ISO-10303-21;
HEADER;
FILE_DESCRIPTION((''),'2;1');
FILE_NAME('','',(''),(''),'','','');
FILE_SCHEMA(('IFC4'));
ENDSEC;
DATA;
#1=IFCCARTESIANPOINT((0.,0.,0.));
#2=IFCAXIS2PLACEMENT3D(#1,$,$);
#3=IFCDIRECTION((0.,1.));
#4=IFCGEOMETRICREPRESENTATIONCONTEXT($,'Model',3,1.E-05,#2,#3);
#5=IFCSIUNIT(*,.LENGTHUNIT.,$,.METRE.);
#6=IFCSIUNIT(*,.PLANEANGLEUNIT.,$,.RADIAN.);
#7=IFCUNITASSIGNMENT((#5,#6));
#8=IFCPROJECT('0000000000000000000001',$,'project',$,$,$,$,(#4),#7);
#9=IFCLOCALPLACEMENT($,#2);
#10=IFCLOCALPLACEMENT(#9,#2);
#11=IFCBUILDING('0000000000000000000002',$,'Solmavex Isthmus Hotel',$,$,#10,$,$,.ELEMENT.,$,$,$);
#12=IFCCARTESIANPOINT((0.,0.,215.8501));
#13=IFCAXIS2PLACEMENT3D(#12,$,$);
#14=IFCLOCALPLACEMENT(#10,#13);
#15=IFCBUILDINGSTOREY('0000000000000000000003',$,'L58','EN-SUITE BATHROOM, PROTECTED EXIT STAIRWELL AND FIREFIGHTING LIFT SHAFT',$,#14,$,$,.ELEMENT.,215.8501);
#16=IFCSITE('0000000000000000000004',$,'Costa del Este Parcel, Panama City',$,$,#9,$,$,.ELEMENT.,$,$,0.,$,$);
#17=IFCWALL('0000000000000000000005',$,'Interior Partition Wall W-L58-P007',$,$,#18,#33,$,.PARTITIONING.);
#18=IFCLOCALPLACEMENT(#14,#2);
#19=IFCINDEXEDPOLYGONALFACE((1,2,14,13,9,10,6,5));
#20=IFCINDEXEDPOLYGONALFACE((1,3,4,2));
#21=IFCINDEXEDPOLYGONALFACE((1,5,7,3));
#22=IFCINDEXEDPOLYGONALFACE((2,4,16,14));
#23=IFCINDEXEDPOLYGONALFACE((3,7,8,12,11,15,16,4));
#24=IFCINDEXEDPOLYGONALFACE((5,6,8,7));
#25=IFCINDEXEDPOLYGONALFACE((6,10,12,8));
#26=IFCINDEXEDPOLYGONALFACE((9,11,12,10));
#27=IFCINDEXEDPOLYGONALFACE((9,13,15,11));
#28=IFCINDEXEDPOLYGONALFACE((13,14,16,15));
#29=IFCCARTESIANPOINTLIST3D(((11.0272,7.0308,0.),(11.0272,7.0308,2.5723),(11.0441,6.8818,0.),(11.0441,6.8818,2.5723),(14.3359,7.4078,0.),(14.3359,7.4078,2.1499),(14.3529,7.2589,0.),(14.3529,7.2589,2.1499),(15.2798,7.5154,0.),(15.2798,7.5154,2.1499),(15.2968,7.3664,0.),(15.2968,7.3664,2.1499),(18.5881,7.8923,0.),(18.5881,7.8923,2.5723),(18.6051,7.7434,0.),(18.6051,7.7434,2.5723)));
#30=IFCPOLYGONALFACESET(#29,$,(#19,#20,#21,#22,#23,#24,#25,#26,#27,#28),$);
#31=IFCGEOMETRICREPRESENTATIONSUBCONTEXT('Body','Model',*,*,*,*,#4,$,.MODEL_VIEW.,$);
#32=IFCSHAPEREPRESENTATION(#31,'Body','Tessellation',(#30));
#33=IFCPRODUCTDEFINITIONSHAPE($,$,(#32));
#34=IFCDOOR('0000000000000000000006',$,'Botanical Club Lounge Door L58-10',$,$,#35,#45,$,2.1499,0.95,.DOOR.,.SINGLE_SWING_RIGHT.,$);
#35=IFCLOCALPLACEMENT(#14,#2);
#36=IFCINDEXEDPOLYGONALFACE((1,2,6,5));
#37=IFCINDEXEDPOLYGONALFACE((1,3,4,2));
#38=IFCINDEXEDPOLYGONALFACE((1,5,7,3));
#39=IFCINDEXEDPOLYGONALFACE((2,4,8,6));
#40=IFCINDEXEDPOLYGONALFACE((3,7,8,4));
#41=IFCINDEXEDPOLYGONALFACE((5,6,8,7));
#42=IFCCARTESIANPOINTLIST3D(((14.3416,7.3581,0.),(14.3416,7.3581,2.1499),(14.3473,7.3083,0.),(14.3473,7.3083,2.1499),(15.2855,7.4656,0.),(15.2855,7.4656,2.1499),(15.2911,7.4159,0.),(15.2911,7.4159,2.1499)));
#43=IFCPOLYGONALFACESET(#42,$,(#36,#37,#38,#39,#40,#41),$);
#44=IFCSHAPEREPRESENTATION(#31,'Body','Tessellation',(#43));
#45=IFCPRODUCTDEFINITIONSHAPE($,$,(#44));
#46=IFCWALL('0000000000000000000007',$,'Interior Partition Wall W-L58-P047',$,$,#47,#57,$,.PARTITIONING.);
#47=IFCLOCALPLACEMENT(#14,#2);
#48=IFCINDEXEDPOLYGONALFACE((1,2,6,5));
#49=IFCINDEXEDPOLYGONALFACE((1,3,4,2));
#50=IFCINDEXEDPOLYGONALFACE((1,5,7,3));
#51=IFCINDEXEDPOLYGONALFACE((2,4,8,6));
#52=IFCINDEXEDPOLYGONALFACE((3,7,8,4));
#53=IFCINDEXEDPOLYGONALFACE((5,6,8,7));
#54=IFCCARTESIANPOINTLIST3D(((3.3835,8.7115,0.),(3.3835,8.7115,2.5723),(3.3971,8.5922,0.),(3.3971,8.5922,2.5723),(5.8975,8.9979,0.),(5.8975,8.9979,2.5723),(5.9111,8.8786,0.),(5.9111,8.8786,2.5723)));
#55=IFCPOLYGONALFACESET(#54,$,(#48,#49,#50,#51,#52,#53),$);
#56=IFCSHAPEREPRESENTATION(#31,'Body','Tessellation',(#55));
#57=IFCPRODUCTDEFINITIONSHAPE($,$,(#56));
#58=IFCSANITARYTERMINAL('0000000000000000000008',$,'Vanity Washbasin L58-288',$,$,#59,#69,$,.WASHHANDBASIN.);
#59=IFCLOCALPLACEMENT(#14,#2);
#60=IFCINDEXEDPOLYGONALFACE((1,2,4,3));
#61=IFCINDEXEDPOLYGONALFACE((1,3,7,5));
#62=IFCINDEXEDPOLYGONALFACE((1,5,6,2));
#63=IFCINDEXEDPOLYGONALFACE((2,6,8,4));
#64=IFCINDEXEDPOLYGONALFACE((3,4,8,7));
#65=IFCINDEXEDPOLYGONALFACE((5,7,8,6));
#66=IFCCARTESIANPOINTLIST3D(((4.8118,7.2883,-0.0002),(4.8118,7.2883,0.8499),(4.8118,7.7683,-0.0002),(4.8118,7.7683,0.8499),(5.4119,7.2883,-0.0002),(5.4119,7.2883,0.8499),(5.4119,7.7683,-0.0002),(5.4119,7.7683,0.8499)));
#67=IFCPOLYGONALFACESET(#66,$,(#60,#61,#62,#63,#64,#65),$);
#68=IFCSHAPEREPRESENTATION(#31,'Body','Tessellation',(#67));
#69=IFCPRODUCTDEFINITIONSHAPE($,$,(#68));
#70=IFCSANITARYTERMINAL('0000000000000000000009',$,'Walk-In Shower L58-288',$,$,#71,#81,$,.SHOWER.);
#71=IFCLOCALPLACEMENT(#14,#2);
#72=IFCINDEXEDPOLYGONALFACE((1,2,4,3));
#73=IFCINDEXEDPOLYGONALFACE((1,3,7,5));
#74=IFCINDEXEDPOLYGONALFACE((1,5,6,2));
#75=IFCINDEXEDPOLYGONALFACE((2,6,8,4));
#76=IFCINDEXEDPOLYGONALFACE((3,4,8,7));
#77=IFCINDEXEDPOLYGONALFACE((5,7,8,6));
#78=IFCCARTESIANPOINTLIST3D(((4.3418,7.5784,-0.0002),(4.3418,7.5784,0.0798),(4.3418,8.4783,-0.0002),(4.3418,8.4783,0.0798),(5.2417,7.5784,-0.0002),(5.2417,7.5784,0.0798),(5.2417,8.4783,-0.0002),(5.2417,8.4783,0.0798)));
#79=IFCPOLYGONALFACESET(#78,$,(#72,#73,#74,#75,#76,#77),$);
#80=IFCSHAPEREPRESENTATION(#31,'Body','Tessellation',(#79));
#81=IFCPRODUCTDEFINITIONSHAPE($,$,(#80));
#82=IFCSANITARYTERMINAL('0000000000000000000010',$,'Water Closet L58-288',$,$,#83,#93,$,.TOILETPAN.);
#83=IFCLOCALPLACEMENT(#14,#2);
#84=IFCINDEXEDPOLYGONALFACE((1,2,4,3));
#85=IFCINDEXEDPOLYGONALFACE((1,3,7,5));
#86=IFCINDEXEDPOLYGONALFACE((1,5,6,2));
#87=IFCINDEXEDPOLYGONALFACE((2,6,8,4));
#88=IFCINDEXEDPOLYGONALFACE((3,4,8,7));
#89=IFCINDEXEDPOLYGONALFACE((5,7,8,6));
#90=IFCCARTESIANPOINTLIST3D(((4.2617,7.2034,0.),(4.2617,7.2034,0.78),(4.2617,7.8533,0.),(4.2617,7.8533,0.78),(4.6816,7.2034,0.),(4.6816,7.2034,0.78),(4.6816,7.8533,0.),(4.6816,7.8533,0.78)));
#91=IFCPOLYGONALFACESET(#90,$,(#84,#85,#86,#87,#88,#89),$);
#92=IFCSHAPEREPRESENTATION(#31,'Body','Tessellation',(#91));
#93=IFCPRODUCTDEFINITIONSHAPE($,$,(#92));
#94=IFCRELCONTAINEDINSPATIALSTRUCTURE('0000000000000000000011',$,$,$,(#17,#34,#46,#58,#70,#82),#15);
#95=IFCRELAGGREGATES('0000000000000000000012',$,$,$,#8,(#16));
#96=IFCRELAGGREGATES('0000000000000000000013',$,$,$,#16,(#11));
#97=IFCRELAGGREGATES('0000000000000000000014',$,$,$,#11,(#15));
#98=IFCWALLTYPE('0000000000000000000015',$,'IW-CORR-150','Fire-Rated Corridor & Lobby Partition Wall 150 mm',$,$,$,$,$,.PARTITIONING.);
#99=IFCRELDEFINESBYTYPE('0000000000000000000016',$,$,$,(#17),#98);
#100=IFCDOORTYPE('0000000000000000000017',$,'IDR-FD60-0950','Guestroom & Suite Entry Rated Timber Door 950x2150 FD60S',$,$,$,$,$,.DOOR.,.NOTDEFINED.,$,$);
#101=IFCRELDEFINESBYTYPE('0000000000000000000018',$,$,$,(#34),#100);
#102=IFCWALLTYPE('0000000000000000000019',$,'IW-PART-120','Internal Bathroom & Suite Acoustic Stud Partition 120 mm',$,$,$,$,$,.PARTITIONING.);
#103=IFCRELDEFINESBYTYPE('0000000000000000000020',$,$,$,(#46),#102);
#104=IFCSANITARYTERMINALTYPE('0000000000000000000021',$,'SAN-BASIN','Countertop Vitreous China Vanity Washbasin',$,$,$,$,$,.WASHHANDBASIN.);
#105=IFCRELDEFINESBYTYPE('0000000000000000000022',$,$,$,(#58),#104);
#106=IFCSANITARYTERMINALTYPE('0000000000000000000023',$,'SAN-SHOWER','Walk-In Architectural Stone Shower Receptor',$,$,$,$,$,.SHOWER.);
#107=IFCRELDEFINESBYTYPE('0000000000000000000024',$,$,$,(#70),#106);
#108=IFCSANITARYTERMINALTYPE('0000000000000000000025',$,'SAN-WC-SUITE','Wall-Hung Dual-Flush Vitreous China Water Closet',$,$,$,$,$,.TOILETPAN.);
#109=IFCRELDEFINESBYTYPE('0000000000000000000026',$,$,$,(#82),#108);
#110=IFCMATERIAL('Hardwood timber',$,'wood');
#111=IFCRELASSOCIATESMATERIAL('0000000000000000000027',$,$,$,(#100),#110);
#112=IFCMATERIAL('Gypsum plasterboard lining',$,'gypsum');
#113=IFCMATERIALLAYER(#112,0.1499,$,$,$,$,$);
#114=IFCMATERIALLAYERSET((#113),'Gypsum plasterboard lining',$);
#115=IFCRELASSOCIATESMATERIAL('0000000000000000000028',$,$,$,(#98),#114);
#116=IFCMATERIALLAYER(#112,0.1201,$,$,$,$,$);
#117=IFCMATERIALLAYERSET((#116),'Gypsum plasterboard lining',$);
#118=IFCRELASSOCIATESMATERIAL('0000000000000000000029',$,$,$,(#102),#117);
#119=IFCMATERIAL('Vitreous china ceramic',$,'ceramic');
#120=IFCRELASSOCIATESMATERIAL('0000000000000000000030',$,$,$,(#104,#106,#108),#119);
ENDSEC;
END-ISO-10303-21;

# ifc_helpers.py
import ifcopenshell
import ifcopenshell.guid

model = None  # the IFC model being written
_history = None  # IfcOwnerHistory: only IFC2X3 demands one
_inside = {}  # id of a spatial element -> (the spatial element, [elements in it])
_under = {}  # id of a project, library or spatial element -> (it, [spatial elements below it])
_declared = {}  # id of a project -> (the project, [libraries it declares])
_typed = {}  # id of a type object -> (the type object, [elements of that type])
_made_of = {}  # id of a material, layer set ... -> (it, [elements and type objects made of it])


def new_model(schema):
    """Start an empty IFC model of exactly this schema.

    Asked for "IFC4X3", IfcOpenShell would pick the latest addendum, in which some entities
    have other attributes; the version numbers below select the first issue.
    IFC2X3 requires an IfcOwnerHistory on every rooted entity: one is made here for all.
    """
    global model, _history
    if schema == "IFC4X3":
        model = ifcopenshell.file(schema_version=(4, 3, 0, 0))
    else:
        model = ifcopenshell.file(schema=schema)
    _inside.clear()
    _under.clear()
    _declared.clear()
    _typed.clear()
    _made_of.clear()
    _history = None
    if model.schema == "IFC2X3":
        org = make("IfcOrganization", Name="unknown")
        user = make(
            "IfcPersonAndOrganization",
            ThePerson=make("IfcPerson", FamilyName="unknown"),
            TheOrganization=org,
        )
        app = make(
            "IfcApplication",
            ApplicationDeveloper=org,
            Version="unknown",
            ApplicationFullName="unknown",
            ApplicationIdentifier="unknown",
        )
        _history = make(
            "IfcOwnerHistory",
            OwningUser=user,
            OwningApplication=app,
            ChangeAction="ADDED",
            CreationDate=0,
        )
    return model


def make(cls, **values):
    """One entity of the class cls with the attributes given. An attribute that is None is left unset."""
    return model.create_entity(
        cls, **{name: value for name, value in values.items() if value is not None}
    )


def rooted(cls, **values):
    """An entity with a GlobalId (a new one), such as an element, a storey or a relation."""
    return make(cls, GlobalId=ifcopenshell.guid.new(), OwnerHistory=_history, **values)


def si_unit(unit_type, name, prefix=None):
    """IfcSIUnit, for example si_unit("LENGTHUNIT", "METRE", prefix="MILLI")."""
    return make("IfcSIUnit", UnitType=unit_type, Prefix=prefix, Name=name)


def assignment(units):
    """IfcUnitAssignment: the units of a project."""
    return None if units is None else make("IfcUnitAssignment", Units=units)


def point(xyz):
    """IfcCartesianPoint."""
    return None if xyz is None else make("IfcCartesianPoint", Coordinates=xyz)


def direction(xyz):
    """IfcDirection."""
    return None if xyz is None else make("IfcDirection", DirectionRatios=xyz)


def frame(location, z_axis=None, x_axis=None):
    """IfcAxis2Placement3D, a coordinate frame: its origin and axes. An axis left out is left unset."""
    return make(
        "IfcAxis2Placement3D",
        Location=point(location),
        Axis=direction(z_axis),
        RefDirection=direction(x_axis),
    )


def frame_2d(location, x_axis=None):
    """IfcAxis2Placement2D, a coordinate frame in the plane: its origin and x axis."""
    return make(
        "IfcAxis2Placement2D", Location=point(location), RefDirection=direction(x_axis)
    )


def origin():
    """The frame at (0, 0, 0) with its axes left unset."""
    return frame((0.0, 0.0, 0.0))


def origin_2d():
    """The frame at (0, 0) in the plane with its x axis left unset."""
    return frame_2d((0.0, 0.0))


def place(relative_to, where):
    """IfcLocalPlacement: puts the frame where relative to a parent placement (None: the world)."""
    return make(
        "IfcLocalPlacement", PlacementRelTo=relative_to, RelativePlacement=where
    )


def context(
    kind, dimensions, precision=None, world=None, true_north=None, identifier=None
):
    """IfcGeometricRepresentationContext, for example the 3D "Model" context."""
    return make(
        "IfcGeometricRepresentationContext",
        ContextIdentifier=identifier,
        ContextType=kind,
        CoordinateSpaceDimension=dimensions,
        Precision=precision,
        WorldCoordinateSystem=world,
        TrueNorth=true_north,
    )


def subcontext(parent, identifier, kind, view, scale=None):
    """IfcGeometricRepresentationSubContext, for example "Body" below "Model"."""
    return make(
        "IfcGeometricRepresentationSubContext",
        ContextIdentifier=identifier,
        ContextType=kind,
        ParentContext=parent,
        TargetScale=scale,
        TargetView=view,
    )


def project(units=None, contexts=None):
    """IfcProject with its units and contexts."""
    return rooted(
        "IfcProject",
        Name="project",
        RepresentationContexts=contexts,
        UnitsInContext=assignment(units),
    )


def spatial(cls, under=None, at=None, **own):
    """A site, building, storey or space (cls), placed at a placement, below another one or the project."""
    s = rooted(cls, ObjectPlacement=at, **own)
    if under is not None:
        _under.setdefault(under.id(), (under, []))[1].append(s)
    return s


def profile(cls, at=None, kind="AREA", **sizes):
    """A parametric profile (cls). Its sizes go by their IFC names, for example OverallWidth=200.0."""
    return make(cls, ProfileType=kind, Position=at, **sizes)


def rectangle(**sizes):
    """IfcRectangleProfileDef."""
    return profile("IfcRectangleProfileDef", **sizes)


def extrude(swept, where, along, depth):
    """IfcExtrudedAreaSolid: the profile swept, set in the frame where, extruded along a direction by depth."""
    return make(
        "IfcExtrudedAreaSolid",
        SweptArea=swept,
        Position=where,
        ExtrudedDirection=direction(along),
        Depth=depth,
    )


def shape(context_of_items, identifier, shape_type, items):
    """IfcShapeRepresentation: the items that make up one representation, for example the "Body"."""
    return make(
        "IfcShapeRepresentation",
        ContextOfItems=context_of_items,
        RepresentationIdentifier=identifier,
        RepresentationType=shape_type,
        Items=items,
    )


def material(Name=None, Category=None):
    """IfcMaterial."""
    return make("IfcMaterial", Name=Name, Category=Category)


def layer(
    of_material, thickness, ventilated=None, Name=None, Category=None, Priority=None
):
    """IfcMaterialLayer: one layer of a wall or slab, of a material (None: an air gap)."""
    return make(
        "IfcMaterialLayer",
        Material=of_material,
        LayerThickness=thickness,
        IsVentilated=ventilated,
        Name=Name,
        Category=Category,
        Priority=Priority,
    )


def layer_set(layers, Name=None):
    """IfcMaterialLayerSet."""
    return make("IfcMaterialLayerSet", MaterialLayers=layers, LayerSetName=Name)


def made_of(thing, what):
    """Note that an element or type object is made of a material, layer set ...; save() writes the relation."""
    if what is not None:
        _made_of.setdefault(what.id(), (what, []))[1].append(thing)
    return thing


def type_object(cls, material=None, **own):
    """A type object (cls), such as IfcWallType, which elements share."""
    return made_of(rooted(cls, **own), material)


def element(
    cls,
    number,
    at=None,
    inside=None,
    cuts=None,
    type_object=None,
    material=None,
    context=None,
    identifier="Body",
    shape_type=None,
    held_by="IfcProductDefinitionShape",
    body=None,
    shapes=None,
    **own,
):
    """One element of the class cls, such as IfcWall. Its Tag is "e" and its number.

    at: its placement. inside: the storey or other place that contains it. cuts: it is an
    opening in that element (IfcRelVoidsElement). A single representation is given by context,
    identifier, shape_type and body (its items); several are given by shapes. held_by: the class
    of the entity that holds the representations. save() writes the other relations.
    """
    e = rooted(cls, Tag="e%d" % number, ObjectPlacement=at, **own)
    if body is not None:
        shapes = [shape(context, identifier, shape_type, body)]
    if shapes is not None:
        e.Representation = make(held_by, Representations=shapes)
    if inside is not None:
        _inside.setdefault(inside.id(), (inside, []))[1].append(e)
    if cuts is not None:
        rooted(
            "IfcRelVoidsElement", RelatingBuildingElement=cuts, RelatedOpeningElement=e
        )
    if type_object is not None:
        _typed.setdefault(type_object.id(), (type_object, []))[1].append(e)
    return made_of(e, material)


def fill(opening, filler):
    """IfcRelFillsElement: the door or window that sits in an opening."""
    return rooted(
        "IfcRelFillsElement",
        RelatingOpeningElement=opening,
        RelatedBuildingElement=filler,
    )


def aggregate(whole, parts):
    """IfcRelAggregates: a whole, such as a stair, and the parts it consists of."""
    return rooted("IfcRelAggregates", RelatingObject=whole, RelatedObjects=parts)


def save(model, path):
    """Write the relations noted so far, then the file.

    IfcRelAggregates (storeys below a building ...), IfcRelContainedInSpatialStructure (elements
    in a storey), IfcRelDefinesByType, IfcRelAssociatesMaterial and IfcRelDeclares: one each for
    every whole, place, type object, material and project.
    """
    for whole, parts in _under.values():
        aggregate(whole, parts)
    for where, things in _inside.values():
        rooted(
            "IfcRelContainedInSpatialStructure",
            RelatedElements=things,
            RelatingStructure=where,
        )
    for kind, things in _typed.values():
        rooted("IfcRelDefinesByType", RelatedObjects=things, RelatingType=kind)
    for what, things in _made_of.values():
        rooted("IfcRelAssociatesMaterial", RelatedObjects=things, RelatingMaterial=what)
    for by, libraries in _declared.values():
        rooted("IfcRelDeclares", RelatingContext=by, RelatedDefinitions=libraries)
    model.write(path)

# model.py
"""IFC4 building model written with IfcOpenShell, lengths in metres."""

from ifc_helpers import new_model, si_unit, direction, frame, frame_2d, origin, origin_2d, place, context, subcontext, project, spatial, rectangle, extrude, material, layer, layer_set, type_object, element, fill, save


model = new_model("IFC4")

# Units and contexts
model_context = context("Model", 3, precision=1e-05, world=origin(), true_north=direction((0.0, 1.0)))
body_context = subcontext(model_context, "Body", "Model", "MODEL_VIEW")
ifc_project = project(units=[si_unit("LENGTHUNIT", "METRE"), si_unit("PLANEANGLEUNIT", "RADIAN")], contexts=[model_context])

# Site, building, storey
site_placement = place(None, origin())
site = spatial("IfcSite", under=ifc_project, at=site_placement, Name="Costa del Este Parcel, Panama City", CompositionType="ELEMENT", RefElevation=0.0)
building_placement = place(site_placement, origin())
building = spatial("IfcBuilding", under=site, at=building_placement, Name="Solmavex Isthmus Hotel", CompositionType="ELEMENT")
storey_placement = place(building_placement, frame((0.0, 0.0, 215.8501)))
storey = spatial("IfcBuildingStorey", under=building, at=storey_placement, Name="L58", Description="EN-SUITE BATHROOM, PROTECTED EXIT STAIRWELL AND FIREFIGHTING LIFT SHAFT", CompositionType="ELEMENT", Elevation=215.8501)

# Shared definitions
ifc_material_1 = material(Name="Gypsum plasterboard lining", Category="gypsum")

# Wall, opening, door
ifc_material_2 = material(Name="Hardwood timber", Category="wood")
door_type = type_object("IfcDoorType", Name="IDR-FD60-0950", Description="Guestroom & Suite Entry Rated Timber Door 950x2150 FD60S", OperationType="NOTDEFINED", PredefinedType="DOOR", material=ifc_material_2)
ifc_layer_1 = layer(ifc_material_1, 0.1499)
ifc_layer_set_1 = layer_set([ifc_layer_1], Name="Gypsum plasterboard lining")
wall_type_1 = type_object("IfcWallType", Name="IW-CORR-150", Description="Fire-Rated Corridor & Lobby Partition Wall 150 mm", PredefinedType="PARTITIONING", material=ifc_layer_set_1)
wall_1_placement = place(storey_placement, frame((11.0356, 6.9563, 0.0), z_axis=(0.0, 0.0, 1.0), x_axis=(0.99357, 0.113216, 0.0)))
wall_1 = element("IfcWall", 1, at=wall_1_placement, inside=storey, type_object=wall_type_1, Name="Interior Partition Wall W-L58-P007", PredefinedType="PARTITIONING", context=body_context, shape_type="SweptSolid", body=[
    extrude(rectangle(XDim=7.6099, YDim=0.1499, at=frame_2d((3.8049, 0.0))), origin(), (0.0, 0.0, 1.0), 2.5723),
])
opening_1_placement = place(wall_1_placement, frame((3.3301, 0.0, 0.0)))
opening_1 = element("IfcOpeningElement", 2, at=opening_1_placement, cuts=wall_1, PredefinedType="OPENING", context=body_context, shape_type="SweptSolid", body=[
    extrude(rectangle(XDim=0.95, YDim=2.1499, at=frame_2d((0.4751, 1.075))), frame((0.0, 0.085, 0.0), z_axis=(0.0, -1.0, 0.0), x_axis=(1.0, 0.0, 0.0)), (0.0, 0.0, 1.0), 0.1699),
])
door_1_placement = place(opening_1_placement, origin())
door_1 = element("IfcDoor", 3, at=door_1_placement, inside=storey, type_object=door_type, Name="Botanical Club Lounge Door L58-10", OperationType="SINGLE_SWING_RIGHT", OverallHeight=2.1499, OverallWidth=0.95, PredefinedType="DOOR", context=body_context, shape_type="SweptSolid", body=[
    extrude(rectangle(XDim=0.95, YDim=2.1499, at=frame_2d((0.4751, 1.075))), frame((0.0, 0.0249, 0.0), z_axis=(0.0, -1.0, 0.0), x_axis=(1.0, 0.0, 0.0)), (0.0, 0.0, 1.0), 0.05),
])
fill(opening_1, door_1)

# Wall
ifc_layer_2 = layer(ifc_material_1, 0.1201)
ifc_layer_set_2 = layer_set([ifc_layer_2], Name="Gypsum plasterboard lining")
wall_type_2 = type_object("IfcWallType", Name="IW-PART-120", Description="Internal Bathroom & Suite Acoustic Stud Partition 120 mm", PredefinedType="PARTITIONING", material=ifc_layer_set_2)
wall_2_placement = place(storey_placement, frame((5.9043, 8.9382, 0.0), z_axis=(0.0, 0.0, 1.0), x_axis=(-0.993574, -0.113185, 0.0)))
element("IfcWall", 4, at=wall_2_placement, inside=storey, type_object=wall_type_2, Name="Interior Partition Wall W-L58-P047", PredefinedType="PARTITIONING", context=body_context, shape_type="SweptSolid", body=[
    extrude(rectangle(XDim=2.5303, YDim=0.1201, at=frame_2d((1.2651, 0.0))), origin(), (0.0, 0.0, 1.0), 2.5723),
])

# Sanitary terminals
ifc_material_3 = material(Name="Vitreous china ceramic", Category="ceramic")
sanitary_terminal_type_1 = type_object("IfcSanitaryTerminalType", Name="SAN-BASIN", Description="Countertop Vitreous China Vanity Washbasin", PredefinedType="WASHHANDBASIN", material=ifc_material_3)
sanitary_terminal_1_placement = place(storey_placement, frame((5.1118, 7.5283, -0.0002), z_axis=(0.0, 0.0, 1.0), x_axis=(1.0, 0.0, 0.0)))
element("IfcSanitaryTerminal", 5, at=sanitary_terminal_1_placement, inside=storey, type_object=sanitary_terminal_type_1, Name="Vanity Washbasin L58-288", PredefinedType="WASHHANDBASIN", context=body_context, shape_type="SweptSolid", body=[
    extrude(rectangle(XDim=0.6001, YDim=0.48, at=origin_2d()), origin(), (0.0, 0.0, 1.0), 0.8501),
])
sanitary_terminal_type_2 = type_object("IfcSanitaryTerminalType", Name="SAN-SHOWER", Description="Walk-In Architectural Stone Shower Receptor", PredefinedType="SHOWER", material=ifc_material_3)
sanitary_terminal_2_placement = place(storey_placement, frame((4.7917, 8.0283, -0.0002), z_axis=(0.0, 0.0, 1.0), x_axis=(1.0, 0.0, 0.0)))
element("IfcSanitaryTerminal", 6, at=sanitary_terminal_2_placement, inside=storey, type_object=sanitary_terminal_type_2, Name="Walk-In Shower L58-288", PredefinedType="SHOWER", context=body_context, shape_type="SweptSolid", body=[
    extrude(rectangle(XDim=0.8999, YDim=0.8999, at=origin_2d()), origin(), (0.0, 0.0, 1.0), 0.0801),
])
sanitary_terminal_type_3 = type_object("IfcSanitaryTerminalType", Name="SAN-WC-SUITE", Description="Wall-Hung Dual-Flush Vitreous China Water Closet", PredefinedType="TOILETPAN", material=ifc_material_3)
sanitary_terminal_3_placement = place(storey_placement, frame((4.4717, 7.5283, 0.0), z_axis=(0.0, 0.0, 1.0), x_axis=(1.0, 0.0, 0.0)))
element("IfcSanitaryTerminal", 7, at=sanitary_terminal_3_placement, inside=storey, type_object=sanitary_terminal_type_3, Name="Water Closet L58-288", PredefinedType="TOILETPAN", context=body_context, shape_type="SweptSolid", body=[
    extrude(rectangle(XDim=0.4199, YDim=0.6499, at=origin_2d()), origin(), (0.0, 0.0, 1.0), 0.78),
])

save(model, "model.ifc")
